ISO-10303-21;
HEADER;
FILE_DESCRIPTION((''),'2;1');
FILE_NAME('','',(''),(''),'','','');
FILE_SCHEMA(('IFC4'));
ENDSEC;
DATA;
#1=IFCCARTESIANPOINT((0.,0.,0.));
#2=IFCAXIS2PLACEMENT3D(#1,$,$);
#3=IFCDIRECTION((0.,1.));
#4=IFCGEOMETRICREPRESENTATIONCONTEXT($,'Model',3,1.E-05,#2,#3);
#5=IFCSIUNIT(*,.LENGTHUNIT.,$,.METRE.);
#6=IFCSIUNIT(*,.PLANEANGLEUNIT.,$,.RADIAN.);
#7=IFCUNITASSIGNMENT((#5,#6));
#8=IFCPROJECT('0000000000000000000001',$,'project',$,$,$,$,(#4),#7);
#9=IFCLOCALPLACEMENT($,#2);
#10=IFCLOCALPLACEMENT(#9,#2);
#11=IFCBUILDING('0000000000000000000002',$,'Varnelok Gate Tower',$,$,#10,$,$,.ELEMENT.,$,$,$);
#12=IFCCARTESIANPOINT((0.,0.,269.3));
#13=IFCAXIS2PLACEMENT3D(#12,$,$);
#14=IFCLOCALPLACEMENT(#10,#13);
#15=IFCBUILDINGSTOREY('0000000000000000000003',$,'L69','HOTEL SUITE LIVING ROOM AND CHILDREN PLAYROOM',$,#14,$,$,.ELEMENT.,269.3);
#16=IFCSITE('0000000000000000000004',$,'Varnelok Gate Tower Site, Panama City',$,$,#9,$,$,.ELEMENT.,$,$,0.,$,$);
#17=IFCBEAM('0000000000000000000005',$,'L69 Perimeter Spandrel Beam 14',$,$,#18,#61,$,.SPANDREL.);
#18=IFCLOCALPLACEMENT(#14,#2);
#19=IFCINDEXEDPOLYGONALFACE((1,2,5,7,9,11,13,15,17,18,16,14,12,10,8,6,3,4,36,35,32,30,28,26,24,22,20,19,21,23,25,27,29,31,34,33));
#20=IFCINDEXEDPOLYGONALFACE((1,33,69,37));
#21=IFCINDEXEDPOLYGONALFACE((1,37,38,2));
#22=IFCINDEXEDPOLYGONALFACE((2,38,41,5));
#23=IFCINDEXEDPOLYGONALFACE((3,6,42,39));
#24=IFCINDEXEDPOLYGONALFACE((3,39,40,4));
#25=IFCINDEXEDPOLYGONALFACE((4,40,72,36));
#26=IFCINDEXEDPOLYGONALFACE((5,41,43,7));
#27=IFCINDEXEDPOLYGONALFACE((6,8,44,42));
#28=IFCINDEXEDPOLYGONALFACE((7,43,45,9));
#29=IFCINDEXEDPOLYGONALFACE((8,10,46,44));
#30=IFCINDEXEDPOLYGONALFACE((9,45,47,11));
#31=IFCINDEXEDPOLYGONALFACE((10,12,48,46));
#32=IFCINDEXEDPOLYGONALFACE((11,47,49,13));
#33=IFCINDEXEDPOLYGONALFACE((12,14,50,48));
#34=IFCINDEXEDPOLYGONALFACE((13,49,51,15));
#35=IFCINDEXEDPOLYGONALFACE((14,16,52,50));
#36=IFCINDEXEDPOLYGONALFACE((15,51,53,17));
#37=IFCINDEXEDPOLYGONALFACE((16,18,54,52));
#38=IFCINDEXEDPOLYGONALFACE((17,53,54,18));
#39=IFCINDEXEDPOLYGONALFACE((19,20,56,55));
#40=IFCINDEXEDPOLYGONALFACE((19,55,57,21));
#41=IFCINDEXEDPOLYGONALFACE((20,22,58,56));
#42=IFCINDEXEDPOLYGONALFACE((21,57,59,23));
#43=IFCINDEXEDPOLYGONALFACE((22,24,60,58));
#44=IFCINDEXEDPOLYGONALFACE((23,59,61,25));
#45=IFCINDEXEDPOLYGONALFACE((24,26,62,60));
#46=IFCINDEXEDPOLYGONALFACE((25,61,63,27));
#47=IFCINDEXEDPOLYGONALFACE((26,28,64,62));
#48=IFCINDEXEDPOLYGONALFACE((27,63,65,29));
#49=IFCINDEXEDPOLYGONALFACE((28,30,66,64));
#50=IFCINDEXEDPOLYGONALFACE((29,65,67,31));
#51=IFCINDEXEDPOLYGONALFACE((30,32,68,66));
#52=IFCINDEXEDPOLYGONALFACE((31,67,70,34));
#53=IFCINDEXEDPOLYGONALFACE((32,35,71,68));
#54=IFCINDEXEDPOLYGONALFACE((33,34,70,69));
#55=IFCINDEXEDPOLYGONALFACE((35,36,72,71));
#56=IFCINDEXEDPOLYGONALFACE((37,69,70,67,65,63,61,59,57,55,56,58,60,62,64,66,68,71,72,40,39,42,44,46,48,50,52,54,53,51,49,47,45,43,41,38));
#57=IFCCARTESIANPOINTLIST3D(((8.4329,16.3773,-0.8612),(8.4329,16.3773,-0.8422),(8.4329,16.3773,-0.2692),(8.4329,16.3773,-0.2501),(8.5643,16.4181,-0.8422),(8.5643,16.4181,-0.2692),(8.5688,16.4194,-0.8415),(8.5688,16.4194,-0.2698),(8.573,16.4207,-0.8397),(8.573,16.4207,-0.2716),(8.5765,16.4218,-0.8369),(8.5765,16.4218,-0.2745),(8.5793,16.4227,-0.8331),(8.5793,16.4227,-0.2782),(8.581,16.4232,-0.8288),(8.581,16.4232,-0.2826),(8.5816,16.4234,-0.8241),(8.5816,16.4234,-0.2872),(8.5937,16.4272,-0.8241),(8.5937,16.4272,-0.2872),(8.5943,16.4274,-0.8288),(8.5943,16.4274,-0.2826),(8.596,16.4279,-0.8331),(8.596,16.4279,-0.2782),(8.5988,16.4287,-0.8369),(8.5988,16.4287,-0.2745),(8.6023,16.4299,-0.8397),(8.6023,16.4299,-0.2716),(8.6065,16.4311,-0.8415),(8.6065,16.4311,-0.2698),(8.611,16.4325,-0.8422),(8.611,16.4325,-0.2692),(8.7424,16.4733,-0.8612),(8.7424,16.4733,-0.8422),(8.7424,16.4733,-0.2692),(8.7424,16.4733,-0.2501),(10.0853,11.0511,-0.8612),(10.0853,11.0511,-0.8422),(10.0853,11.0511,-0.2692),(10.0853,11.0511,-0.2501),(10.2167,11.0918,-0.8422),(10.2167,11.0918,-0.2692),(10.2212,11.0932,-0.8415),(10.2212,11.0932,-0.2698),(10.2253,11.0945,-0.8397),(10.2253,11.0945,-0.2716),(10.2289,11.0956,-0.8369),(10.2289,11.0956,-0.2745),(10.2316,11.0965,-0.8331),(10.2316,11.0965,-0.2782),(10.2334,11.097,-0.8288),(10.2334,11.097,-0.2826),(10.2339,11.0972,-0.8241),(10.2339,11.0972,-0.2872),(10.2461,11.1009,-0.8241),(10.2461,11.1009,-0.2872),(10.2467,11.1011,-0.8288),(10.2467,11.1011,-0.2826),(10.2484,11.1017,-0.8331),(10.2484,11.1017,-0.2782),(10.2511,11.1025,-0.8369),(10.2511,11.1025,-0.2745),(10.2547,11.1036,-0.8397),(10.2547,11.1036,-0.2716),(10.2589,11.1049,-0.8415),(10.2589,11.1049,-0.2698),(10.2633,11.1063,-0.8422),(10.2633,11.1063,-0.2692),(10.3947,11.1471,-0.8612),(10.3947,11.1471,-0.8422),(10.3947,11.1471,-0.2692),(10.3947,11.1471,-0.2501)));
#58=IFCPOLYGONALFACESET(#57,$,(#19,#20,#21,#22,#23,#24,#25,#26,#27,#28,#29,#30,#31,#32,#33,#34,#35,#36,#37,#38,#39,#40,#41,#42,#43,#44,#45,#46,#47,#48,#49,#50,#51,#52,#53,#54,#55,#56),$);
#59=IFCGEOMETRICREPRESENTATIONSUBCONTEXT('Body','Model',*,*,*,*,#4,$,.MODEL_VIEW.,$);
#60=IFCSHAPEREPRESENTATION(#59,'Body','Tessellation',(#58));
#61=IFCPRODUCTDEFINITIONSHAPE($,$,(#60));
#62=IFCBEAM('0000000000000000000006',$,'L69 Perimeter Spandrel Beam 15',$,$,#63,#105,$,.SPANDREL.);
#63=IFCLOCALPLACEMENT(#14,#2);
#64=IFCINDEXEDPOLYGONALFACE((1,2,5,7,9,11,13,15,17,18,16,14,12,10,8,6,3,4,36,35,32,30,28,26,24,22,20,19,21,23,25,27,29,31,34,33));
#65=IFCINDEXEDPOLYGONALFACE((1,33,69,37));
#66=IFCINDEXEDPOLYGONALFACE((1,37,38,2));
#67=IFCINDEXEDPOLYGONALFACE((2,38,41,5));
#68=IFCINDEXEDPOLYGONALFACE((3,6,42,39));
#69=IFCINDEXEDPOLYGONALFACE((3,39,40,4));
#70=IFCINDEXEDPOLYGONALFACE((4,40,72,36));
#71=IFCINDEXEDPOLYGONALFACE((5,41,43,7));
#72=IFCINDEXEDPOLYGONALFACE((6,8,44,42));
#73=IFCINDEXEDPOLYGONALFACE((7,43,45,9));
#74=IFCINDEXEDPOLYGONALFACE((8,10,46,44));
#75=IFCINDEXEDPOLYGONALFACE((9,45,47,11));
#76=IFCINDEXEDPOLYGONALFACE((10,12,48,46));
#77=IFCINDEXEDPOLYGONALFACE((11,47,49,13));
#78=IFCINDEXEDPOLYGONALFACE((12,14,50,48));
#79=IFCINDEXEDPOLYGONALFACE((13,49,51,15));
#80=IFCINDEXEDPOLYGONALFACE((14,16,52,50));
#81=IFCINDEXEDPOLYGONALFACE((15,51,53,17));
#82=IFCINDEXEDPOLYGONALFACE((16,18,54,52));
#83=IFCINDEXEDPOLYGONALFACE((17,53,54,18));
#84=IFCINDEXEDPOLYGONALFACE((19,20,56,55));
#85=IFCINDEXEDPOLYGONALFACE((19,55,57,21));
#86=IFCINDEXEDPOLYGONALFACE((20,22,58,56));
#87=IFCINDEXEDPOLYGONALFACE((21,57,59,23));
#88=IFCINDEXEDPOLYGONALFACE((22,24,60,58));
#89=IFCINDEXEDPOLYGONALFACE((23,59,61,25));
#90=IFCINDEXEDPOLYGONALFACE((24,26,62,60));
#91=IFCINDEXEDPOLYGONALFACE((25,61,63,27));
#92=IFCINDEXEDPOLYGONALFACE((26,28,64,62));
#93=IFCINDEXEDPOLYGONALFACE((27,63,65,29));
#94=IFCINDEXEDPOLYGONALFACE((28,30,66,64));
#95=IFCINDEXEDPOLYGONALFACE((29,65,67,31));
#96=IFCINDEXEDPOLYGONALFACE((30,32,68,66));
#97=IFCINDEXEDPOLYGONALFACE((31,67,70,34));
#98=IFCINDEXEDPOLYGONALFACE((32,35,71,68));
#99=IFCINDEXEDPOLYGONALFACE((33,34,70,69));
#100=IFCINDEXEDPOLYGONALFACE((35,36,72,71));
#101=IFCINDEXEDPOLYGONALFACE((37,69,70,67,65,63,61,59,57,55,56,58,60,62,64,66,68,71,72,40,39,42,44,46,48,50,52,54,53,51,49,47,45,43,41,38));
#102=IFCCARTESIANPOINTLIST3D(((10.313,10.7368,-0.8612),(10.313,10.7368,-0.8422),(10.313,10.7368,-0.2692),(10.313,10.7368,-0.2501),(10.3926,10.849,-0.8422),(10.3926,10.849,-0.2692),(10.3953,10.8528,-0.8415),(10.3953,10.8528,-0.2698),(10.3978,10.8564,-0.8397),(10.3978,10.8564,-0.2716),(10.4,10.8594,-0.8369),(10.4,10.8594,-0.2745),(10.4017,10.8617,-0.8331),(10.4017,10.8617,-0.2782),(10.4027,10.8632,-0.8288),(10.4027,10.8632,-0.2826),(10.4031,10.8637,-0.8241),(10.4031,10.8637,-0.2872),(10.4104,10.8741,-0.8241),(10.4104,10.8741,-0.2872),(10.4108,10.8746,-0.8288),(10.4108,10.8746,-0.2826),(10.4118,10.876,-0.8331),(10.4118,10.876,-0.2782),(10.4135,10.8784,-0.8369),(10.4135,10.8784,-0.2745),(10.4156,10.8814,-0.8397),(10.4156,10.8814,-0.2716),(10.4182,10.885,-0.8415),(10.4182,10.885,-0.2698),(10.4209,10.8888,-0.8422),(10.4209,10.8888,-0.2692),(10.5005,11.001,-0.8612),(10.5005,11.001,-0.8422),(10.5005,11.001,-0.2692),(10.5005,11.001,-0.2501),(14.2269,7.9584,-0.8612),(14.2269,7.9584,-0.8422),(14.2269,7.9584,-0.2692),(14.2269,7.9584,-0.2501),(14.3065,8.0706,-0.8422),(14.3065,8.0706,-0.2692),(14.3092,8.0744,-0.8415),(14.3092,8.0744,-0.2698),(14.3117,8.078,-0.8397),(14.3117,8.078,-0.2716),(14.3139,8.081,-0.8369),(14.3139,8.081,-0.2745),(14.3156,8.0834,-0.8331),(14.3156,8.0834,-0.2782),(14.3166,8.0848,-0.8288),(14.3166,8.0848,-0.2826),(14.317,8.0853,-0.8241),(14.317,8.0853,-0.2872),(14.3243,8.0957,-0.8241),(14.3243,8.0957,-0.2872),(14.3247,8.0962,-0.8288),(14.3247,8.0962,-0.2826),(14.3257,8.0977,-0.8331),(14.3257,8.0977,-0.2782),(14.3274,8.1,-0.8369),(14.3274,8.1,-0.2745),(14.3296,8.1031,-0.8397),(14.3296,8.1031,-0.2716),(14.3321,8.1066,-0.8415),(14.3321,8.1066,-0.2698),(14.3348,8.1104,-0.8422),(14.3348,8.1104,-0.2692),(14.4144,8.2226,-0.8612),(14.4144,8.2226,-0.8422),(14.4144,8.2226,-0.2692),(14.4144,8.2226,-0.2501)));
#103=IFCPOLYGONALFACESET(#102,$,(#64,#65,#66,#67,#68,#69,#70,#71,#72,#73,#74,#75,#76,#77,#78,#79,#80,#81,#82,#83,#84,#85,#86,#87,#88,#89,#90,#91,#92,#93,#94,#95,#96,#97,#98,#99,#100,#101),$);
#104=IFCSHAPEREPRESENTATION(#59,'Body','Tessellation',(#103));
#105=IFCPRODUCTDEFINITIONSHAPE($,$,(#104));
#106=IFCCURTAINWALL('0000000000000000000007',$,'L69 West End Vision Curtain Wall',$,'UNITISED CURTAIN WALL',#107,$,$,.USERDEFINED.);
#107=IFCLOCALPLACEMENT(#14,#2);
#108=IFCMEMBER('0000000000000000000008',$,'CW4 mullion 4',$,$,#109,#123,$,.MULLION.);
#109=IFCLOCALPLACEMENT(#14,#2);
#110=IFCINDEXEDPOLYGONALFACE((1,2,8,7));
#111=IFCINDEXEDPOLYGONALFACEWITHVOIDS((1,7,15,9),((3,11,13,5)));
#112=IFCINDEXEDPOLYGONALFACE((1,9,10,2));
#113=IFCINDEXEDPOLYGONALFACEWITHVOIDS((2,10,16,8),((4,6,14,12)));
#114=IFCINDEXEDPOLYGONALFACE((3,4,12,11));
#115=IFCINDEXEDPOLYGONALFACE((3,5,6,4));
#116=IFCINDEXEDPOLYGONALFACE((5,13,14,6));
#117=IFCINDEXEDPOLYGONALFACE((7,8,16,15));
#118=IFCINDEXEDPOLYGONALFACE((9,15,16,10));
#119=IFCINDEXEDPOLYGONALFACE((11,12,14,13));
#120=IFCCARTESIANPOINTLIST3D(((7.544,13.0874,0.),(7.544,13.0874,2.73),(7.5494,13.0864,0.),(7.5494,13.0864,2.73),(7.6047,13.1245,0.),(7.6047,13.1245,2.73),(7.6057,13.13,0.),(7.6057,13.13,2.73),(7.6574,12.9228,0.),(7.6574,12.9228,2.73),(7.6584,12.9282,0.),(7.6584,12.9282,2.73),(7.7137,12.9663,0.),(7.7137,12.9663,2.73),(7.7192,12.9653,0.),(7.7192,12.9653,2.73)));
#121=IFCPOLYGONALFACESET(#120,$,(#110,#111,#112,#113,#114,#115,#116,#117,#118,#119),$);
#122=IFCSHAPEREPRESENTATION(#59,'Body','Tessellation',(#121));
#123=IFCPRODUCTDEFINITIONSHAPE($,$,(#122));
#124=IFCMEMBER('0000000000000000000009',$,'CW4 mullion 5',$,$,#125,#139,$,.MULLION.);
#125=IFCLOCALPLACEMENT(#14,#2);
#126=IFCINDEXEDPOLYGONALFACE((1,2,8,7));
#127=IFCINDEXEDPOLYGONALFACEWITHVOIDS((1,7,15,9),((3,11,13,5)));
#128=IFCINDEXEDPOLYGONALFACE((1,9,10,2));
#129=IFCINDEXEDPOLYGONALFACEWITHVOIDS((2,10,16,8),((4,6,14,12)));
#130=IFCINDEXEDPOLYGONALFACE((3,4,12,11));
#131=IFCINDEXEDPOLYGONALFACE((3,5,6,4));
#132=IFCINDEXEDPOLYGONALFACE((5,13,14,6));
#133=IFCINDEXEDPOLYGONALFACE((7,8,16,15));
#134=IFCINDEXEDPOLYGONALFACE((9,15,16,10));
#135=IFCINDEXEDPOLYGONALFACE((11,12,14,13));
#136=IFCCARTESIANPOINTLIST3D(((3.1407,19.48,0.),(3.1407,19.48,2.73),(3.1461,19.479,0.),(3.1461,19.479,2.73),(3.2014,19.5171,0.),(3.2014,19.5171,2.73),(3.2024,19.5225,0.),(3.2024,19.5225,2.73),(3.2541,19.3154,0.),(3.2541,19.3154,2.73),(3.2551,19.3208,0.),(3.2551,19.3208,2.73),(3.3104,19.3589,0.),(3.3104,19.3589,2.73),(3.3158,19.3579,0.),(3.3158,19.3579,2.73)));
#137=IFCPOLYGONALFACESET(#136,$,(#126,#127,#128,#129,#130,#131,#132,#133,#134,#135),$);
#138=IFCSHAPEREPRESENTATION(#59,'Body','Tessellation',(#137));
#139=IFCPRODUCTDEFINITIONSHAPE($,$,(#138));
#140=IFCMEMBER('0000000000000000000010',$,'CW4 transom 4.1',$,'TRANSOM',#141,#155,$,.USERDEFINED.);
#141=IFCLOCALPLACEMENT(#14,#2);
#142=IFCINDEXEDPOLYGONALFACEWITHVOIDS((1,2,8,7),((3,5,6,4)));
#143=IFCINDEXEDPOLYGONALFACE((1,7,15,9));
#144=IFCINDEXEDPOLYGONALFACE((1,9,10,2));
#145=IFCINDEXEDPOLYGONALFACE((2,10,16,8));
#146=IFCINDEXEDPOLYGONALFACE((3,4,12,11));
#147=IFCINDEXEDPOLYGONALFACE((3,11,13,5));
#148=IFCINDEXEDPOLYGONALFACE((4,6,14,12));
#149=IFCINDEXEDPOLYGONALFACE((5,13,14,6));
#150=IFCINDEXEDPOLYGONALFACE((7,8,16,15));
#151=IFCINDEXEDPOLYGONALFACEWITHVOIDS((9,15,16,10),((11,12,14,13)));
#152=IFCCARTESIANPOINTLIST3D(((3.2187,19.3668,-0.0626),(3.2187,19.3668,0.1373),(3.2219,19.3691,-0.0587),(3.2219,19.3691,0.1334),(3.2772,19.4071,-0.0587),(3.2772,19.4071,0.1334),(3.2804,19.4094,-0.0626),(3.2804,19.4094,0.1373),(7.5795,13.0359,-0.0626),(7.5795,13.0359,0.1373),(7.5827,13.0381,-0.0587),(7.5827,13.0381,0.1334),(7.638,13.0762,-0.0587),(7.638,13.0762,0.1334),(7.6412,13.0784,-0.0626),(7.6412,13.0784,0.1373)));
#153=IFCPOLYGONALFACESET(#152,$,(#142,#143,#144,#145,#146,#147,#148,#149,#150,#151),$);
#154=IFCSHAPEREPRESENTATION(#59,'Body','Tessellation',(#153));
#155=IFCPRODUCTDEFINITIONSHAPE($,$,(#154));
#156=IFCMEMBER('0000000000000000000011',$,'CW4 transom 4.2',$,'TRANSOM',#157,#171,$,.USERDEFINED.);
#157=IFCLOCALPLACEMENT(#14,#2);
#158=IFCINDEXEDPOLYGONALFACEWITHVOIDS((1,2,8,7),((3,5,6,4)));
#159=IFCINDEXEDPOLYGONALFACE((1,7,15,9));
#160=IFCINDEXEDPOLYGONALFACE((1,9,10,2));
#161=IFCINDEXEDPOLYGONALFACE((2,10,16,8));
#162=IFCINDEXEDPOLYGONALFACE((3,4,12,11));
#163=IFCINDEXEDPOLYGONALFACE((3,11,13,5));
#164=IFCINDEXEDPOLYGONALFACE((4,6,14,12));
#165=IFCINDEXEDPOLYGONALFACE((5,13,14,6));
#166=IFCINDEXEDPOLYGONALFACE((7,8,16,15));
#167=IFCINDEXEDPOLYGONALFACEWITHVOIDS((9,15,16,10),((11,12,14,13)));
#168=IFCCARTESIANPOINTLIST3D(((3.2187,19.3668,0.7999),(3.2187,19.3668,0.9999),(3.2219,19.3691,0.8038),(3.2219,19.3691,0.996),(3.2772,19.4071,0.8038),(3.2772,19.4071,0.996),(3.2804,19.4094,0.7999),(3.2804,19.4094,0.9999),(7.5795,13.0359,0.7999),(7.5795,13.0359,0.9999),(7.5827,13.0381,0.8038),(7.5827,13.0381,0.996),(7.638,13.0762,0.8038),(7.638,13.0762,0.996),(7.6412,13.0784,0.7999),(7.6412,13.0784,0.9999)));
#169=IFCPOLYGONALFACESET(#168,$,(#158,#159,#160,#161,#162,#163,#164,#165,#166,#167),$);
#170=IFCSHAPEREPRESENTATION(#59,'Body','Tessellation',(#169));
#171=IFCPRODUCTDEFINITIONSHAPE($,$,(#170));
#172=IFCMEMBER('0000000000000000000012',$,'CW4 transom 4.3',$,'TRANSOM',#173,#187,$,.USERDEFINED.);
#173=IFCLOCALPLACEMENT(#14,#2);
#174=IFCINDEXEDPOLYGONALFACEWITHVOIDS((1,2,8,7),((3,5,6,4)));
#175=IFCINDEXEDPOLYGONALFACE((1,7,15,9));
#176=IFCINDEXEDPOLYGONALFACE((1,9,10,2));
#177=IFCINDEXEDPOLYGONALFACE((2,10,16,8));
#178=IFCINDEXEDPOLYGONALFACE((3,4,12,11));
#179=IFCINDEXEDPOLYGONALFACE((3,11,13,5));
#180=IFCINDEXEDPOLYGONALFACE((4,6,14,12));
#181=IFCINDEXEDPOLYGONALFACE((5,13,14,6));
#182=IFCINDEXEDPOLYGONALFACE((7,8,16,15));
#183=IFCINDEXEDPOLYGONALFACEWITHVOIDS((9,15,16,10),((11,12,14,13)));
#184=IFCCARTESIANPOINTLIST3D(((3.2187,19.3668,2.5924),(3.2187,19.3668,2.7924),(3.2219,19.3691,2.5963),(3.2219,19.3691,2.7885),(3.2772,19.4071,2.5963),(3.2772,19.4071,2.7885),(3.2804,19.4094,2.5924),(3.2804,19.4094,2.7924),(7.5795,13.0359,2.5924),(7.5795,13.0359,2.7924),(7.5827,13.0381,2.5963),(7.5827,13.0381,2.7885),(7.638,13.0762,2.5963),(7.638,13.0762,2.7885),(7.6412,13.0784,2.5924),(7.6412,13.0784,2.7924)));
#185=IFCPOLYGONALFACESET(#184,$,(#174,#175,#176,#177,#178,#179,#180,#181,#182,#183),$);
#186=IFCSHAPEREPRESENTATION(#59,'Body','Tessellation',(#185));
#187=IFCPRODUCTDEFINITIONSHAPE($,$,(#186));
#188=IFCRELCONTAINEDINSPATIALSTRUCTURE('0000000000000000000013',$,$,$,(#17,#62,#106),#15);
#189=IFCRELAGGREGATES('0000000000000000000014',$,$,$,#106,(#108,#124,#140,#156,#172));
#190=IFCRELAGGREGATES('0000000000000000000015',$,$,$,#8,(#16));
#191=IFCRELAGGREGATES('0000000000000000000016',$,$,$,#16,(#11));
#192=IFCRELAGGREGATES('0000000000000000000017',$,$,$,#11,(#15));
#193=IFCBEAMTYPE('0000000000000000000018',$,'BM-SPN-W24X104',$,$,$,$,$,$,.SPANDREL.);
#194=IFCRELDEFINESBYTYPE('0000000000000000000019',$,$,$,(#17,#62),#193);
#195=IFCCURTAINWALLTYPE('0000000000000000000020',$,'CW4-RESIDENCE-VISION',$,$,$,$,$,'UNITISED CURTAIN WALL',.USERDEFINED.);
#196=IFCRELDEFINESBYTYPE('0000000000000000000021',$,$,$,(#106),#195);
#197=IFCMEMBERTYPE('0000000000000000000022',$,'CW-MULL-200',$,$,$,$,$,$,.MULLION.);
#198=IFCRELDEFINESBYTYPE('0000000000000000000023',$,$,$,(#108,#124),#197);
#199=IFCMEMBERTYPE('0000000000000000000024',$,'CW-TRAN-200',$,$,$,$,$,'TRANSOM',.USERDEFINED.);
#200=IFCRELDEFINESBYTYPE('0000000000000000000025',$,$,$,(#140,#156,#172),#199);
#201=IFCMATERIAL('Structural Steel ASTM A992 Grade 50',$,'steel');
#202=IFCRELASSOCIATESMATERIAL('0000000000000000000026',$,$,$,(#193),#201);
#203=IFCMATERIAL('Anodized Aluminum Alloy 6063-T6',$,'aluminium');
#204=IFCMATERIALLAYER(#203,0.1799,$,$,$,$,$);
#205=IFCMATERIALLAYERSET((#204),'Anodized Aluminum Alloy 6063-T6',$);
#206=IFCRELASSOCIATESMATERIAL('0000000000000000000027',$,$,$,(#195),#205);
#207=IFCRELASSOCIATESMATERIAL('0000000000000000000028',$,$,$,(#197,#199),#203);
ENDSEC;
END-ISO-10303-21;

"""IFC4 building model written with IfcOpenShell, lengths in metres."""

from ifc_helpers import new_model, si_unit, direction, frame, origin, origin_2d, place, context, subcontext, project, spatial, hollow_rectangle, i_section, extrude, material, layer, layer_set, material_profile, profile_set, type_object, element, aggregate, save


model = new_model("IFC4")

# Units and contexts
model_context = context("Model", 3, precision=1e-05, world=origin(), true_north=direction((0.0, 1.0)))
body_context = subcontext(model_context, "Body", "Model", "MODEL_VIEW")
ifc_project = project(units=[si_unit("LENGTHUNIT", "METRE"), si_unit("PLANEANGLEUNIT", "RADIAN")], contexts=[model_context])

# Site, building, storey
site_placement = place(None, origin())
site = spatial("IfcSite", under=ifc_project, at=site_placement, Name="Varnelok Gate Tower Site, Panama City", CompositionType="ELEMENT", RefElevation=0.0)
building_placement = place(site_placement, origin())
building = spatial("IfcBuilding", under=site, at=building_placement, Name="Varnelok Gate Tower", CompositionType="ELEMENT")
storey_placement = place(building_placement, frame((0.0, 0.0, 269.3)))
storey = spatial("IfcBuildingStorey", under=building, at=storey_placement, Name="L69", Description="HOTEL SUITE LIVING ROOM AND CHILDREN PLAYROOM", CompositionType="ELEMENT", Elevation=269.3)

# Shared definitions
ifc_material_1 = material(Name="Structural Steel ASTM A992 Grade 50", Category="steel")

# Beams
ifc_material_profile_1 = material_profile(ifc_material_1, i_section(OverallWidth=0.324, OverallDepth=0.6111, WebThickness=0.0127, FlangeThickness=0.019, FilletRadius=0.0181, at=origin_2d()), Name="W24X104")
ifc_profile_set_1 = profile_set([ifc_material_profile_1], Name="Structural Steel ASTM A992 Grade 50")
beam_type_1 = type_object("IfcBeamType", Name="BM-SPN-W24X104", PredefinedType="SPANDREL", material=ifc_profile_set_1)
beam_1_placement = place(storey_placement, frame((8.5876, 16.4253, -0.5557), z_axis=(0.2963, -0.955095, 0.0), x_axis=(0.955095, 0.2963, 0.0)))
element("IfcBeam", 1, at=beam_1_placement, inside=storey, type_object=beam_type_1, Name="L69 Perimeter Spandrel Beam 14", PredefinedType="SPANDREL", context=body_context, shape_type="SweptSolid", body=[
    extrude(i_section(OverallWidth=0.324, OverallDepth=0.6111, WebThickness=0.0127, FlangeThickness=0.019, FilletRadius=0.0181, at=origin_2d()), origin(), (0.0, 0.0, 1.0), 5.5767),
])
beam_2_placement = place(storey_placement, frame((10.4067, 10.8689, -0.5557), z_axis=(0.815431, -0.578854, 0.0), x_axis=(0.578854, 0.815431, 0.0)))
element("IfcBeam", 2, at=beam_2_placement, inside=storey, type_object=beam_type_1, Name="L69 Perimeter Spandrel Beam 15", PredefinedType="SPANDREL", context=body_context, shape_type="SweptSolid", body=[
    extrude(i_section(OverallWidth=0.324, OverallDepth=0.6111, WebThickness=0.0127, FlangeThickness=0.019, FilletRadius=0.0181, at=origin_2d()), origin(), (0.0, 0.0, 1.0), 4.7998),
])

# Curtain wall, members
ifc_material_2 = material(Name="Anodized Aluminum Alloy 6063-T6", Category="aluminium")
ifc_layer_1 = layer(ifc_material_2, 0.1799)
ifc_layer_set_1 = layer_set([ifc_layer_1], Name="Anodized Aluminum Alloy 6063-T6")
curtain_wall_type = type_object("IfcCurtainWallType", Name="CW4-RESIDENCE-VISION", ElementType="UNITISED CURTAIN WALL", PredefinedType="USERDEFINED", material=ifc_layer_set_1)
curtain_wall_placement = place(storey_placement, origin())
curtain_wall = element("IfcCurtainWall", 3, at=curtain_wall_placement, inside=storey, type_object=curtain_wall_type, Name="L69 West End Vision Curtain Wall", ObjectType="UNITISED CURTAIN WALL", PredefinedType="USERDEFINED")
ifc_material_profile_2 = material_profile(ifc_material_2, hollow_rectangle(XDim=0.075, YDim=0.2, WallThickness=0.0039, at=origin_2d()), Name="ALU200X75X4")
ifc_profile_set_2 = profile_set([ifc_material_profile_2], Name="Anodized Aluminum Alloy 6063-T6")
member_type_1 = type_object("IfcMemberType", Name="CW-MULL-200", PredefinedType="MULLION", material=ifc_profile_set_2)
member_1_placement = place(storey_placement, frame((7.6316, 13.0264, 0.0), z_axis=(0.0, 0.0, 1.0), x_axis=(-0.823532, -0.567269, 0.0)))
member_1 = element("IfcMember", 4, at=member_1_placement, type_object=member_type_1, Name="CW4 mullion 4", PredefinedType="MULLION", context=body_context, shape_type="SweptSolid", body=[
    extrude(hollow_rectangle(XDim=0.075, YDim=0.2, WallThickness=0.0039, at=origin_2d()), origin(), (0.0, 0.0, 1.0), 2.73),
])
member_2_placement = place(storey_placement, frame((3.2283, 19.4189, 0.0), z_axis=(0.0, 0.0, 1.0), x_axis=(-0.823532, -0.567269, 0.0)))
member_2 = element("IfcMember", 5, at=member_2_placement, type_object=member_type_1, Name="CW4 mullion 5", PredefinedType="MULLION", context=body_context, shape_type="SweptSolid", body=[
    extrude(hollow_rectangle(XDim=0.075, YDim=0.2, WallThickness=0.0039, at=origin_2d()), origin(), (0.0, 0.0, 1.0), 2.73),
])
ifc_material_profile_3 = material_profile(ifc_material_2, hollow_rectangle(XDim=0.075, YDim=0.2, WallThickness=0.0039, at=origin_2d()), Name="ALU200X75X4")
ifc_profile_set_3 = profile_set([ifc_material_profile_3], Name="Anodized Aluminum Alloy 6063-T6")
member_type_2 = type_object("IfcMemberType", Name="CW-TRAN-200", ElementType="TRANSOM", PredefinedType="USERDEFINED", material=ifc_profile_set_3)
member_3_placement = place(storey_placement, frame((7.6104, 13.0571, 0.0374), z_axis=(-0.567256, 0.823541, 0.0), x_axis=(-0.823541, -0.567256, 0.0)))
member_3 = element("IfcMember", 6, at=member_3_placement, type_object=member_type_2, Name="CW4 transom 4.1", ObjectType="TRANSOM", PredefinedType="USERDEFINED", context=body_context, shape_type="SweptSolid", body=[
    extrude(hollow_rectangle(XDim=0.075, YDim=0.2, WallThickness=0.0039, at=origin_2d()), origin(), (0.0, 0.0, 1.0), 7.6875),
])
member_4_placement = place(storey_placement, frame((7.6104, 13.0571, 0.8999), z_axis=(-0.567256, 0.823541, 0.0), x_axis=(-0.823541, -0.567256, 0.0)))
member_4 = element("IfcMember", 7, at=member_4_placement, type_object=member_type_2, Name="CW4 transom 4.2", ObjectType="TRANSOM", PredefinedType="USERDEFINED", context=body_context, shape_type="SweptSolid", body=[
    extrude(hollow_rectangle(XDim=0.075, YDim=0.2, WallThickness=0.0039, at=origin_2d()), origin(), (0.0, 0.0, 1.0), 7.6875),
])
member_5_placement = place(storey_placement, frame((7.6104, 13.0571, 2.6924), z_axis=(-0.567256, 0.823541, 0.0), x_axis=(-0.823541, -0.567256, 0.0)))
member_5 = element("IfcMember", 8, at=member_5_placement, type_object=member_type_2, Name="CW4 transom 4.3", ObjectType="TRANSOM", PredefinedType="USERDEFINED", context=body_context, shape_type="SweptSolid", body=[
    extrude(hollow_rectangle(XDim=0.075, YDim=0.2, WallThickness=0.0039, at=origin_2d()), origin(), (0.0, 0.0, 1.0), 7.6875),
])
aggregate(curtain_wall, [member_1, member_2, member_3, member_4, member_5])

save(model, "model.ifc")
